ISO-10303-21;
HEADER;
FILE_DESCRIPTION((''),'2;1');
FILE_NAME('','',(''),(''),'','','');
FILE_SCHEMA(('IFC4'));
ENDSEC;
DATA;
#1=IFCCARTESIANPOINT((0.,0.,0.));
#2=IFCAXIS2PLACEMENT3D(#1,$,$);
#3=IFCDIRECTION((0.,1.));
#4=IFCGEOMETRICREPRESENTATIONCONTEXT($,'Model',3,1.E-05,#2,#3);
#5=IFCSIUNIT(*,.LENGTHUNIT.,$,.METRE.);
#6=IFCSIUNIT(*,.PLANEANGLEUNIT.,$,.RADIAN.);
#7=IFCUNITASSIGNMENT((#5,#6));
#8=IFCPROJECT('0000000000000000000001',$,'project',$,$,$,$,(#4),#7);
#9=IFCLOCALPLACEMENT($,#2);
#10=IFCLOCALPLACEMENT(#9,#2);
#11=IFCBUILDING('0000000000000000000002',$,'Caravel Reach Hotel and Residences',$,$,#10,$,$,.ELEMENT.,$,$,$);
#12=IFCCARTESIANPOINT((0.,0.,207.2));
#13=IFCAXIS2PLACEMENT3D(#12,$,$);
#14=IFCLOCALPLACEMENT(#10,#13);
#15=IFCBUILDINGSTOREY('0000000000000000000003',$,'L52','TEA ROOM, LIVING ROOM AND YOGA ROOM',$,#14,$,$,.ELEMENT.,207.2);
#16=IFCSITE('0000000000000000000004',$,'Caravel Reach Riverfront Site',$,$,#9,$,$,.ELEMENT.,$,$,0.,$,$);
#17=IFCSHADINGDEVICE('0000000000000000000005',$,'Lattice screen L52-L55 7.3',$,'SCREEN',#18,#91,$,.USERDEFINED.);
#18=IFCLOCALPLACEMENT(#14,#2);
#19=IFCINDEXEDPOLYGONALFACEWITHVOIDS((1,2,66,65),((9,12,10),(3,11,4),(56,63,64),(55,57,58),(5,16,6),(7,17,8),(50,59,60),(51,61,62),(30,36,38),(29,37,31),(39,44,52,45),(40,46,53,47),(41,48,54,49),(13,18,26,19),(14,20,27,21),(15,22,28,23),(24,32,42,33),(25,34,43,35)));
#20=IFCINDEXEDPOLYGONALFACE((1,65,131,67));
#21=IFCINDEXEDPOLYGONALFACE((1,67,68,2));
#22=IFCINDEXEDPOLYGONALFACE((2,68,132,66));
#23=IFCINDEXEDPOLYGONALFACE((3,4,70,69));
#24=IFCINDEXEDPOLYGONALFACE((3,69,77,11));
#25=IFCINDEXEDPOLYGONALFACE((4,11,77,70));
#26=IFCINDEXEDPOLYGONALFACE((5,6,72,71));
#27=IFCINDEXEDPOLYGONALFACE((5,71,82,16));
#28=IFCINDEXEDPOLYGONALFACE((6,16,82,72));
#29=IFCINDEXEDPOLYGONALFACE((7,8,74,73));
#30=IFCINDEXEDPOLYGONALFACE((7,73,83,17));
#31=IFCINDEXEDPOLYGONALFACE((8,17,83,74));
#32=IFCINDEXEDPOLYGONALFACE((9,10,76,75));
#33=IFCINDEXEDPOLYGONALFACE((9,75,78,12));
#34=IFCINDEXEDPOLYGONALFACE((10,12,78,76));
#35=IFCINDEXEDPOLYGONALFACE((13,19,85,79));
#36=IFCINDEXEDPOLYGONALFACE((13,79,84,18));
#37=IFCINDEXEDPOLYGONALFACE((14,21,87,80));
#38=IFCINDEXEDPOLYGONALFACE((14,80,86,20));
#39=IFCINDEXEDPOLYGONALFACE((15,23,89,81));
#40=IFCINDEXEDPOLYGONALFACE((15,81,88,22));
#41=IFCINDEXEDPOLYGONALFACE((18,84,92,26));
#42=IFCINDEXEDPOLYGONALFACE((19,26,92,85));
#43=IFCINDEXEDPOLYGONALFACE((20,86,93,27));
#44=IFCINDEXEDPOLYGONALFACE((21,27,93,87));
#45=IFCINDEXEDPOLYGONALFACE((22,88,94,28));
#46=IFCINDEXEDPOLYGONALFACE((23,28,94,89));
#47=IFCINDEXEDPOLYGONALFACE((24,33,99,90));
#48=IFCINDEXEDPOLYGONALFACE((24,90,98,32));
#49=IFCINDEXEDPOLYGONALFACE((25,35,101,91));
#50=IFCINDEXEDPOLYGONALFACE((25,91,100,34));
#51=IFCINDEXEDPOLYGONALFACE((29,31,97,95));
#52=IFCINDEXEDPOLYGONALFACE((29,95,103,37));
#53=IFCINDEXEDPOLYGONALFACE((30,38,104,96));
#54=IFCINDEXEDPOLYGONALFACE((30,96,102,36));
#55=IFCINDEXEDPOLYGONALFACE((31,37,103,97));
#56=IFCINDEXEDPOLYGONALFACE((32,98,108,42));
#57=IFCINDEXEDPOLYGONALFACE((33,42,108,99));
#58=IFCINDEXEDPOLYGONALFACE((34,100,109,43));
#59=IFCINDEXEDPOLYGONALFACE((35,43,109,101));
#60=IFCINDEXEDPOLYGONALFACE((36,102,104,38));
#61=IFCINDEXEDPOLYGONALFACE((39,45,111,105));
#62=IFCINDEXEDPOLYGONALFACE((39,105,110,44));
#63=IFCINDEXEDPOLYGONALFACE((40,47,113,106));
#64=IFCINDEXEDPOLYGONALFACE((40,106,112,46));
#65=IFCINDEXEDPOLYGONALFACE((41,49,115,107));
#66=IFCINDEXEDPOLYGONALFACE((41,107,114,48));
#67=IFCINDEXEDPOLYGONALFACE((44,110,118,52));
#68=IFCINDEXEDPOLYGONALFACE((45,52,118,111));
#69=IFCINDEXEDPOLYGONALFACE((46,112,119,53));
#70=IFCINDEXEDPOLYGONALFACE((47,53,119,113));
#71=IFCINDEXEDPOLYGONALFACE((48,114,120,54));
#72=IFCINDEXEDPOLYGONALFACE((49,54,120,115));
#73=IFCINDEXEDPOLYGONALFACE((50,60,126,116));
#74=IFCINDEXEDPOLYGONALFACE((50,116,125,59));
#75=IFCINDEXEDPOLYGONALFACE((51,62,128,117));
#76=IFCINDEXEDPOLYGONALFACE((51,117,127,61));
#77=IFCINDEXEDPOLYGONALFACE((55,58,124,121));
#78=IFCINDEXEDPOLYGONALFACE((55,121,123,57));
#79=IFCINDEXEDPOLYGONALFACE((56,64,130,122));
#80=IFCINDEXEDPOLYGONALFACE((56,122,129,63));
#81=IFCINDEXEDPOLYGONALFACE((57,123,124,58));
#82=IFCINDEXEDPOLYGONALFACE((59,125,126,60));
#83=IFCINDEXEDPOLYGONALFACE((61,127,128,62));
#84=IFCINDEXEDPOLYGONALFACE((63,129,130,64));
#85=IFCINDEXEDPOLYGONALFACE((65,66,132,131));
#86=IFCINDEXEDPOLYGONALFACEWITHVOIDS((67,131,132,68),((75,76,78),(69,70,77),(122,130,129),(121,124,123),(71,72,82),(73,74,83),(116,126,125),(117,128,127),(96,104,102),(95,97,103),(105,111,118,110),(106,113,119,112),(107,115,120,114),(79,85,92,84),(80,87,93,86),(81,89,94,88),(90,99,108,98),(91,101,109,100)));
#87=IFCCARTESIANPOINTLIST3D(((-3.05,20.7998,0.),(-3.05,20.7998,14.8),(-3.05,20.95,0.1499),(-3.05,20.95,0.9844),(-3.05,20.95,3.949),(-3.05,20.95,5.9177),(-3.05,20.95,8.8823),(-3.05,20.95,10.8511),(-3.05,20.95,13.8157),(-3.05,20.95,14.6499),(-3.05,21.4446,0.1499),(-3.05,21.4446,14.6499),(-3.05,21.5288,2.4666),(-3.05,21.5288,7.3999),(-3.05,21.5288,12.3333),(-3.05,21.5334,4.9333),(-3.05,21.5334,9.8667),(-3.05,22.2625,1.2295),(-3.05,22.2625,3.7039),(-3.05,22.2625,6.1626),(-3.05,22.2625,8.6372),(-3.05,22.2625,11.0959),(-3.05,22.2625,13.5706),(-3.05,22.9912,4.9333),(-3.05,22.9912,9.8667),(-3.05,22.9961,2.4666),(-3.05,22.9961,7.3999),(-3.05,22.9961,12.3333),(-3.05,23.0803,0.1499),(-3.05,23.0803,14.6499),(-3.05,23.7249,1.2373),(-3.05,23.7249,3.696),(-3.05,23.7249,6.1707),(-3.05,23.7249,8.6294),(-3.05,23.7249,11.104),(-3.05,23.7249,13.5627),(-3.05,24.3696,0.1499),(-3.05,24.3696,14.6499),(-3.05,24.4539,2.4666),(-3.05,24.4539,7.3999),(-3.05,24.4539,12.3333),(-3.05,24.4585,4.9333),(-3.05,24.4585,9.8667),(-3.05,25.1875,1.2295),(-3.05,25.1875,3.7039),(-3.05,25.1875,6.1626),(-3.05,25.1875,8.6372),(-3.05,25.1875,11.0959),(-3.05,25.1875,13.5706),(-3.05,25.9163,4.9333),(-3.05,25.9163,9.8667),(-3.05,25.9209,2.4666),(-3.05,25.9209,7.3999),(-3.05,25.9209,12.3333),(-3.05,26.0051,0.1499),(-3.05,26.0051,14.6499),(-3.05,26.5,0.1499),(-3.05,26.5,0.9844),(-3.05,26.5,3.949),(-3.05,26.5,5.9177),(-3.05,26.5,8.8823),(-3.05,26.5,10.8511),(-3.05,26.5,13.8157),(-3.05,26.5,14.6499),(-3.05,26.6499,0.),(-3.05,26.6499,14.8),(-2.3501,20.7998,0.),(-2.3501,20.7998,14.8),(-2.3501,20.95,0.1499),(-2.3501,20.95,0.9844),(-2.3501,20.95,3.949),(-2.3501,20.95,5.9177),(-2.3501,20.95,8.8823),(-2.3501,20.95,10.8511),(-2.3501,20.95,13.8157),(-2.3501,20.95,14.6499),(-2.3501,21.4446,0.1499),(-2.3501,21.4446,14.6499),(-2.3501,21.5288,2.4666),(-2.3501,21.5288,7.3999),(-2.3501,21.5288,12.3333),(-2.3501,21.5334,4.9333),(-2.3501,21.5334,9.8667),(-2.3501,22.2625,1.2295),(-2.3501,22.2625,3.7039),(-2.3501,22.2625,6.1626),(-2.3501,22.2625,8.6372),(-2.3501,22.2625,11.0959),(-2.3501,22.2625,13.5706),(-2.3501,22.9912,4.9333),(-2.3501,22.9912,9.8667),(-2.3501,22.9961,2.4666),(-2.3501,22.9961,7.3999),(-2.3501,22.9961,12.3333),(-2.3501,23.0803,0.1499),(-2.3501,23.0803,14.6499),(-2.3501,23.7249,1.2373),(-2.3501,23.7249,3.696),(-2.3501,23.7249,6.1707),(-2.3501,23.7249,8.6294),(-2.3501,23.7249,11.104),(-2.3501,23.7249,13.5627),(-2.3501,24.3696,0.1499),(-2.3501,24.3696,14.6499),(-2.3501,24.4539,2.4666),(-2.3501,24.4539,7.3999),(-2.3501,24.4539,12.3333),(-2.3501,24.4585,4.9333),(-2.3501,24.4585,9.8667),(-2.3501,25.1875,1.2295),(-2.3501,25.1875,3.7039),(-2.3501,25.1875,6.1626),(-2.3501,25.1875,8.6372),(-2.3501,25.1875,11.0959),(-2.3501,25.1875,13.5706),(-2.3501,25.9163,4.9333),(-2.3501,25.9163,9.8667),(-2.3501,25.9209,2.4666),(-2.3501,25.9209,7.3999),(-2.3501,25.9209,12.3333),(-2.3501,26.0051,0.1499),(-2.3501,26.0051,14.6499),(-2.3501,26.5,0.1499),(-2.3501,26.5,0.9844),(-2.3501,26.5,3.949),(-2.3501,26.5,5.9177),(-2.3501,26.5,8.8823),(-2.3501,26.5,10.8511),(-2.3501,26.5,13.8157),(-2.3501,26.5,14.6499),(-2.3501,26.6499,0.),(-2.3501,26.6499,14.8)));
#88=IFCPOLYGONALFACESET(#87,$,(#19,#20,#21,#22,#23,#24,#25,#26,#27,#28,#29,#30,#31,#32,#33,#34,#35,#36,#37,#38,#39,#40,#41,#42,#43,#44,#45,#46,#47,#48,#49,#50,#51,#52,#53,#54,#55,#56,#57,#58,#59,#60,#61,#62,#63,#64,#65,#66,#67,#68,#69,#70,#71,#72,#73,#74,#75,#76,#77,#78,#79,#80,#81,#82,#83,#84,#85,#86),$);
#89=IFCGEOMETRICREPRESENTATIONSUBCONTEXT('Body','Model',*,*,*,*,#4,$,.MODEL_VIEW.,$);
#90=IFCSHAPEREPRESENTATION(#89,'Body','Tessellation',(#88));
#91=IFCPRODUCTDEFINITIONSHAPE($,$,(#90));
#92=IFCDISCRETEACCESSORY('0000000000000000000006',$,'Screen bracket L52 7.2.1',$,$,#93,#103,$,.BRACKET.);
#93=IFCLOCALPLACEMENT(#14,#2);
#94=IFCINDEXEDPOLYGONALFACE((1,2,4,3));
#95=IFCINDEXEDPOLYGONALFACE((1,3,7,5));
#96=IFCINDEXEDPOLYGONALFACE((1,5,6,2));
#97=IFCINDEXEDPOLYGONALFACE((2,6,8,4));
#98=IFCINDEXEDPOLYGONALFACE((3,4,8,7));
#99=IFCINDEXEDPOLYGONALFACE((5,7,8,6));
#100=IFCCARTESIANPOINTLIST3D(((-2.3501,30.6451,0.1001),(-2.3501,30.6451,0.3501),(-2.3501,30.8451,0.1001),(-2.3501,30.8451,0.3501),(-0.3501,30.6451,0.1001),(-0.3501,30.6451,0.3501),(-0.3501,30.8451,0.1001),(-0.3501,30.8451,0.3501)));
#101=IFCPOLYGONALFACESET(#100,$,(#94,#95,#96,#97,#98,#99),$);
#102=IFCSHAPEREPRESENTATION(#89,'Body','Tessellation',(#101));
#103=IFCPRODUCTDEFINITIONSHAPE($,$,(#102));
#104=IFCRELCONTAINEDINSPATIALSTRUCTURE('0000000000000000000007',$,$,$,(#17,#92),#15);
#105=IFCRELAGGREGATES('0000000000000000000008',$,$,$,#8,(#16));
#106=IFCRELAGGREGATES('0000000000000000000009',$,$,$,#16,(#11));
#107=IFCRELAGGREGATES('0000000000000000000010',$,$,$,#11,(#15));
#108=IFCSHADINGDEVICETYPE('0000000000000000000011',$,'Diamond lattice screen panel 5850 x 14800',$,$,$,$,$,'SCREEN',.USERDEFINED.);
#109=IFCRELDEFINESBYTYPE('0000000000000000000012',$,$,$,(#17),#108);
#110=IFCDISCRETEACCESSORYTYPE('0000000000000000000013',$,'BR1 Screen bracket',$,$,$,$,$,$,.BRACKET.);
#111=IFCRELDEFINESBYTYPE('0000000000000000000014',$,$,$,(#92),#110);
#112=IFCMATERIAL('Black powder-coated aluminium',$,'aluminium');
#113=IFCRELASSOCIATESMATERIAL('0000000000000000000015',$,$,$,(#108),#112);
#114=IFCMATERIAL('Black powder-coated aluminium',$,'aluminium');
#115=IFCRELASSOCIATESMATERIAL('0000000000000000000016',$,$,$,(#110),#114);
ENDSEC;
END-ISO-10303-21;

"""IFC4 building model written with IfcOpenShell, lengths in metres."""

from ifc_helpers import new_model, si_unit, direction, frame, origin, origin_2d, place, context, subcontext, project, spatial, polyline, rectangle, outline, extrude, material, type_object, element, save


model = new_model("IFC4")

# Units and contexts
model_context = context("Model", 3, precision=1e-05, world=origin(), true_north=direction((0.0, 1.0)))
body_context = subcontext(model_context, "Body", "Model", "MODEL_VIEW")
ifc_project = project(units=[si_unit("LENGTHUNIT", "METRE"), si_unit("PLANEANGLEUNIT", "RADIAN")], contexts=[model_context])

# Site, building, storey
site_placement = place(None, origin())
site = spatial("IfcSite", under=ifc_project, at=site_placement, Name="Caravel Reach Riverfront Site", CompositionType="ELEMENT", RefElevation=0.0)
building_placement = place(site_placement, origin())
building = spatial("IfcBuilding", under=site, at=building_placement, Name="Caravel Reach Hotel and Residences", CompositionType="ELEMENT")
storey_placement = place(building_placement, frame((0.0, 0.0, 207.2)))
storey = spatial("IfcBuildingStorey", under=building, at=storey_placement, Name="L52", Description="TEA ROOM, LIVING ROOM AND YOGA ROOM", CompositionType="ELEMENT", Elevation=207.2)

# Shading device
ifc_material_1 = material(Name="Black powder-coated aluminium", Category="aluminium")
shading_device_type = type_object("IfcShadingDeviceType", Name="Diamond lattice screen panel 5850 x 14800", ElementType="SCREEN", PredefinedType="USERDEFINED", material=ifc_material_1)
shading_device_placement = place(storey_placement, frame((-2.3501, 26.6499, 0.0), z_axis=(-1.0, 0.0, 0.0), x_axis=(0.0, -1.0, 0.0)))
element("IfcShadingDevice", 1, at=shading_device_placement, inside=storey, type_object=shading_device_type, Name="Lattice screen L52-L55 7.3", ObjectType="SCREEN", PredefinedType="USERDEFINED", context=body_context, shape_type="SweptSolid", body=[
    extrude(outline(polyline([(0.0, 0.0), (5.8501, 0.0), (5.8501, 14.8), (0.0, 14.8), (0.0, 0.0)]), holes=[polyline([(0.6448, 0.1499), (0.1499, 0.9844), (0.1499, 0.1499), (0.6448, 0.1499)]), polyline([(0.7336, 4.9333), (0.1499, 5.9177), (0.1499, 3.949), (0.7336, 4.9333)]), polyline([(0.7336, 9.8667), (0.1499, 10.8511), (0.1499, 8.8823), (0.7336, 9.8667)]), polyline([(0.1499, 13.8157), (0.6448, 14.6499), (0.1499, 14.6499), (0.1499, 13.8157)]), polyline([(1.4624, 3.7039), (0.729, 2.4666), (1.4624, 1.2295), (2.196, 2.4666), (1.4624, 3.7039)]), polyline([(1.4624, 8.6372), (0.729, 7.3999), (1.4624, 6.1626), (2.196, 7.3999), (1.4624, 8.6372)]), polyline([(1.4624, 13.5706), (0.729, 12.3333), (1.4624, 11.0959), (2.196, 12.3333), (1.4624, 13.5706)]), polyline([(2.925, 1.2373), (2.2803, 0.1499), (3.5696, 0.1499), (2.925, 1.2373)]), polyline([(2.925, 6.1707), (2.1914, 4.9333), (2.925, 3.696), (3.6587, 4.9333), (2.925, 6.1707)]), polyline([(2.925, 11.104), (2.1914, 9.8667), (2.925, 8.6294), (3.6587, 9.8667), (2.925, 11.104)]), polyline([(2.925, 13.5627), (3.5696, 14.6499), (2.2803, 14.6499), (2.925, 13.5627)]), polyline([(4.3875, 3.7039), (3.6538, 2.4666), (4.3875, 1.2295), (5.1211, 2.4666), (4.3875, 3.7039)]), polyline([(4.3875, 8.6372), (3.6538, 7.3999), (4.3875, 6.1626), (5.1211, 7.3999), (4.3875, 8.6372)]), polyline([(4.3875, 13.5706), (3.6538, 12.3333), (4.3875, 11.0959), (5.1211, 12.3333), (4.3875, 13.5706)]), polyline([(5.7, 0.9844), (5.2053, 0.1499), (5.7, 0.1499), (5.7, 0.9844)]), polyline([(5.1165, 4.9333), (5.7, 3.949), (5.7, 5.9177), (5.1165, 4.9333)]), polyline([(5.1165, 9.8667), (5.7, 8.8823), (5.7, 10.8511), (5.1165, 9.8667)]), polyline([(5.2053, 14.6499), (5.7, 13.8157), (5.7, 14.6499), (5.2053, 14.6499)])]), origin(), (0.0, 0.0, 1.0), 0.7),
])

# Discrete accessory
ifc_material_2 = material(Name="Black powder-coated aluminium", Category="aluminium")
discrete_accessory_type = type_object("IfcDiscreteAccessoryType", Name="BR1 Screen bracket", PredefinedType="BRACKET", material=ifc_material_2)
discrete_accessory_placement = place(storey_placement, frame((-1.3501, 30.7451, 0.1001), z_axis=(0.0, 0.0, 1.0), x_axis=(-1.0, 0.0, 0.0)))
element("IfcDiscreteAccessory", 2, at=discrete_accessory_placement, inside=storey, type_object=discrete_accessory_type, Name="Screen bracket L52 7.2.1", PredefinedType="BRACKET", context=body_context, shape_type="SweptSolid", body=[
    extrude(rectangle(XDim=2.0, YDim=0.2, at=origin_2d()), origin(), (0.0, 0.0, 1.0), 0.25),
])

save(model, "model.ifc")
